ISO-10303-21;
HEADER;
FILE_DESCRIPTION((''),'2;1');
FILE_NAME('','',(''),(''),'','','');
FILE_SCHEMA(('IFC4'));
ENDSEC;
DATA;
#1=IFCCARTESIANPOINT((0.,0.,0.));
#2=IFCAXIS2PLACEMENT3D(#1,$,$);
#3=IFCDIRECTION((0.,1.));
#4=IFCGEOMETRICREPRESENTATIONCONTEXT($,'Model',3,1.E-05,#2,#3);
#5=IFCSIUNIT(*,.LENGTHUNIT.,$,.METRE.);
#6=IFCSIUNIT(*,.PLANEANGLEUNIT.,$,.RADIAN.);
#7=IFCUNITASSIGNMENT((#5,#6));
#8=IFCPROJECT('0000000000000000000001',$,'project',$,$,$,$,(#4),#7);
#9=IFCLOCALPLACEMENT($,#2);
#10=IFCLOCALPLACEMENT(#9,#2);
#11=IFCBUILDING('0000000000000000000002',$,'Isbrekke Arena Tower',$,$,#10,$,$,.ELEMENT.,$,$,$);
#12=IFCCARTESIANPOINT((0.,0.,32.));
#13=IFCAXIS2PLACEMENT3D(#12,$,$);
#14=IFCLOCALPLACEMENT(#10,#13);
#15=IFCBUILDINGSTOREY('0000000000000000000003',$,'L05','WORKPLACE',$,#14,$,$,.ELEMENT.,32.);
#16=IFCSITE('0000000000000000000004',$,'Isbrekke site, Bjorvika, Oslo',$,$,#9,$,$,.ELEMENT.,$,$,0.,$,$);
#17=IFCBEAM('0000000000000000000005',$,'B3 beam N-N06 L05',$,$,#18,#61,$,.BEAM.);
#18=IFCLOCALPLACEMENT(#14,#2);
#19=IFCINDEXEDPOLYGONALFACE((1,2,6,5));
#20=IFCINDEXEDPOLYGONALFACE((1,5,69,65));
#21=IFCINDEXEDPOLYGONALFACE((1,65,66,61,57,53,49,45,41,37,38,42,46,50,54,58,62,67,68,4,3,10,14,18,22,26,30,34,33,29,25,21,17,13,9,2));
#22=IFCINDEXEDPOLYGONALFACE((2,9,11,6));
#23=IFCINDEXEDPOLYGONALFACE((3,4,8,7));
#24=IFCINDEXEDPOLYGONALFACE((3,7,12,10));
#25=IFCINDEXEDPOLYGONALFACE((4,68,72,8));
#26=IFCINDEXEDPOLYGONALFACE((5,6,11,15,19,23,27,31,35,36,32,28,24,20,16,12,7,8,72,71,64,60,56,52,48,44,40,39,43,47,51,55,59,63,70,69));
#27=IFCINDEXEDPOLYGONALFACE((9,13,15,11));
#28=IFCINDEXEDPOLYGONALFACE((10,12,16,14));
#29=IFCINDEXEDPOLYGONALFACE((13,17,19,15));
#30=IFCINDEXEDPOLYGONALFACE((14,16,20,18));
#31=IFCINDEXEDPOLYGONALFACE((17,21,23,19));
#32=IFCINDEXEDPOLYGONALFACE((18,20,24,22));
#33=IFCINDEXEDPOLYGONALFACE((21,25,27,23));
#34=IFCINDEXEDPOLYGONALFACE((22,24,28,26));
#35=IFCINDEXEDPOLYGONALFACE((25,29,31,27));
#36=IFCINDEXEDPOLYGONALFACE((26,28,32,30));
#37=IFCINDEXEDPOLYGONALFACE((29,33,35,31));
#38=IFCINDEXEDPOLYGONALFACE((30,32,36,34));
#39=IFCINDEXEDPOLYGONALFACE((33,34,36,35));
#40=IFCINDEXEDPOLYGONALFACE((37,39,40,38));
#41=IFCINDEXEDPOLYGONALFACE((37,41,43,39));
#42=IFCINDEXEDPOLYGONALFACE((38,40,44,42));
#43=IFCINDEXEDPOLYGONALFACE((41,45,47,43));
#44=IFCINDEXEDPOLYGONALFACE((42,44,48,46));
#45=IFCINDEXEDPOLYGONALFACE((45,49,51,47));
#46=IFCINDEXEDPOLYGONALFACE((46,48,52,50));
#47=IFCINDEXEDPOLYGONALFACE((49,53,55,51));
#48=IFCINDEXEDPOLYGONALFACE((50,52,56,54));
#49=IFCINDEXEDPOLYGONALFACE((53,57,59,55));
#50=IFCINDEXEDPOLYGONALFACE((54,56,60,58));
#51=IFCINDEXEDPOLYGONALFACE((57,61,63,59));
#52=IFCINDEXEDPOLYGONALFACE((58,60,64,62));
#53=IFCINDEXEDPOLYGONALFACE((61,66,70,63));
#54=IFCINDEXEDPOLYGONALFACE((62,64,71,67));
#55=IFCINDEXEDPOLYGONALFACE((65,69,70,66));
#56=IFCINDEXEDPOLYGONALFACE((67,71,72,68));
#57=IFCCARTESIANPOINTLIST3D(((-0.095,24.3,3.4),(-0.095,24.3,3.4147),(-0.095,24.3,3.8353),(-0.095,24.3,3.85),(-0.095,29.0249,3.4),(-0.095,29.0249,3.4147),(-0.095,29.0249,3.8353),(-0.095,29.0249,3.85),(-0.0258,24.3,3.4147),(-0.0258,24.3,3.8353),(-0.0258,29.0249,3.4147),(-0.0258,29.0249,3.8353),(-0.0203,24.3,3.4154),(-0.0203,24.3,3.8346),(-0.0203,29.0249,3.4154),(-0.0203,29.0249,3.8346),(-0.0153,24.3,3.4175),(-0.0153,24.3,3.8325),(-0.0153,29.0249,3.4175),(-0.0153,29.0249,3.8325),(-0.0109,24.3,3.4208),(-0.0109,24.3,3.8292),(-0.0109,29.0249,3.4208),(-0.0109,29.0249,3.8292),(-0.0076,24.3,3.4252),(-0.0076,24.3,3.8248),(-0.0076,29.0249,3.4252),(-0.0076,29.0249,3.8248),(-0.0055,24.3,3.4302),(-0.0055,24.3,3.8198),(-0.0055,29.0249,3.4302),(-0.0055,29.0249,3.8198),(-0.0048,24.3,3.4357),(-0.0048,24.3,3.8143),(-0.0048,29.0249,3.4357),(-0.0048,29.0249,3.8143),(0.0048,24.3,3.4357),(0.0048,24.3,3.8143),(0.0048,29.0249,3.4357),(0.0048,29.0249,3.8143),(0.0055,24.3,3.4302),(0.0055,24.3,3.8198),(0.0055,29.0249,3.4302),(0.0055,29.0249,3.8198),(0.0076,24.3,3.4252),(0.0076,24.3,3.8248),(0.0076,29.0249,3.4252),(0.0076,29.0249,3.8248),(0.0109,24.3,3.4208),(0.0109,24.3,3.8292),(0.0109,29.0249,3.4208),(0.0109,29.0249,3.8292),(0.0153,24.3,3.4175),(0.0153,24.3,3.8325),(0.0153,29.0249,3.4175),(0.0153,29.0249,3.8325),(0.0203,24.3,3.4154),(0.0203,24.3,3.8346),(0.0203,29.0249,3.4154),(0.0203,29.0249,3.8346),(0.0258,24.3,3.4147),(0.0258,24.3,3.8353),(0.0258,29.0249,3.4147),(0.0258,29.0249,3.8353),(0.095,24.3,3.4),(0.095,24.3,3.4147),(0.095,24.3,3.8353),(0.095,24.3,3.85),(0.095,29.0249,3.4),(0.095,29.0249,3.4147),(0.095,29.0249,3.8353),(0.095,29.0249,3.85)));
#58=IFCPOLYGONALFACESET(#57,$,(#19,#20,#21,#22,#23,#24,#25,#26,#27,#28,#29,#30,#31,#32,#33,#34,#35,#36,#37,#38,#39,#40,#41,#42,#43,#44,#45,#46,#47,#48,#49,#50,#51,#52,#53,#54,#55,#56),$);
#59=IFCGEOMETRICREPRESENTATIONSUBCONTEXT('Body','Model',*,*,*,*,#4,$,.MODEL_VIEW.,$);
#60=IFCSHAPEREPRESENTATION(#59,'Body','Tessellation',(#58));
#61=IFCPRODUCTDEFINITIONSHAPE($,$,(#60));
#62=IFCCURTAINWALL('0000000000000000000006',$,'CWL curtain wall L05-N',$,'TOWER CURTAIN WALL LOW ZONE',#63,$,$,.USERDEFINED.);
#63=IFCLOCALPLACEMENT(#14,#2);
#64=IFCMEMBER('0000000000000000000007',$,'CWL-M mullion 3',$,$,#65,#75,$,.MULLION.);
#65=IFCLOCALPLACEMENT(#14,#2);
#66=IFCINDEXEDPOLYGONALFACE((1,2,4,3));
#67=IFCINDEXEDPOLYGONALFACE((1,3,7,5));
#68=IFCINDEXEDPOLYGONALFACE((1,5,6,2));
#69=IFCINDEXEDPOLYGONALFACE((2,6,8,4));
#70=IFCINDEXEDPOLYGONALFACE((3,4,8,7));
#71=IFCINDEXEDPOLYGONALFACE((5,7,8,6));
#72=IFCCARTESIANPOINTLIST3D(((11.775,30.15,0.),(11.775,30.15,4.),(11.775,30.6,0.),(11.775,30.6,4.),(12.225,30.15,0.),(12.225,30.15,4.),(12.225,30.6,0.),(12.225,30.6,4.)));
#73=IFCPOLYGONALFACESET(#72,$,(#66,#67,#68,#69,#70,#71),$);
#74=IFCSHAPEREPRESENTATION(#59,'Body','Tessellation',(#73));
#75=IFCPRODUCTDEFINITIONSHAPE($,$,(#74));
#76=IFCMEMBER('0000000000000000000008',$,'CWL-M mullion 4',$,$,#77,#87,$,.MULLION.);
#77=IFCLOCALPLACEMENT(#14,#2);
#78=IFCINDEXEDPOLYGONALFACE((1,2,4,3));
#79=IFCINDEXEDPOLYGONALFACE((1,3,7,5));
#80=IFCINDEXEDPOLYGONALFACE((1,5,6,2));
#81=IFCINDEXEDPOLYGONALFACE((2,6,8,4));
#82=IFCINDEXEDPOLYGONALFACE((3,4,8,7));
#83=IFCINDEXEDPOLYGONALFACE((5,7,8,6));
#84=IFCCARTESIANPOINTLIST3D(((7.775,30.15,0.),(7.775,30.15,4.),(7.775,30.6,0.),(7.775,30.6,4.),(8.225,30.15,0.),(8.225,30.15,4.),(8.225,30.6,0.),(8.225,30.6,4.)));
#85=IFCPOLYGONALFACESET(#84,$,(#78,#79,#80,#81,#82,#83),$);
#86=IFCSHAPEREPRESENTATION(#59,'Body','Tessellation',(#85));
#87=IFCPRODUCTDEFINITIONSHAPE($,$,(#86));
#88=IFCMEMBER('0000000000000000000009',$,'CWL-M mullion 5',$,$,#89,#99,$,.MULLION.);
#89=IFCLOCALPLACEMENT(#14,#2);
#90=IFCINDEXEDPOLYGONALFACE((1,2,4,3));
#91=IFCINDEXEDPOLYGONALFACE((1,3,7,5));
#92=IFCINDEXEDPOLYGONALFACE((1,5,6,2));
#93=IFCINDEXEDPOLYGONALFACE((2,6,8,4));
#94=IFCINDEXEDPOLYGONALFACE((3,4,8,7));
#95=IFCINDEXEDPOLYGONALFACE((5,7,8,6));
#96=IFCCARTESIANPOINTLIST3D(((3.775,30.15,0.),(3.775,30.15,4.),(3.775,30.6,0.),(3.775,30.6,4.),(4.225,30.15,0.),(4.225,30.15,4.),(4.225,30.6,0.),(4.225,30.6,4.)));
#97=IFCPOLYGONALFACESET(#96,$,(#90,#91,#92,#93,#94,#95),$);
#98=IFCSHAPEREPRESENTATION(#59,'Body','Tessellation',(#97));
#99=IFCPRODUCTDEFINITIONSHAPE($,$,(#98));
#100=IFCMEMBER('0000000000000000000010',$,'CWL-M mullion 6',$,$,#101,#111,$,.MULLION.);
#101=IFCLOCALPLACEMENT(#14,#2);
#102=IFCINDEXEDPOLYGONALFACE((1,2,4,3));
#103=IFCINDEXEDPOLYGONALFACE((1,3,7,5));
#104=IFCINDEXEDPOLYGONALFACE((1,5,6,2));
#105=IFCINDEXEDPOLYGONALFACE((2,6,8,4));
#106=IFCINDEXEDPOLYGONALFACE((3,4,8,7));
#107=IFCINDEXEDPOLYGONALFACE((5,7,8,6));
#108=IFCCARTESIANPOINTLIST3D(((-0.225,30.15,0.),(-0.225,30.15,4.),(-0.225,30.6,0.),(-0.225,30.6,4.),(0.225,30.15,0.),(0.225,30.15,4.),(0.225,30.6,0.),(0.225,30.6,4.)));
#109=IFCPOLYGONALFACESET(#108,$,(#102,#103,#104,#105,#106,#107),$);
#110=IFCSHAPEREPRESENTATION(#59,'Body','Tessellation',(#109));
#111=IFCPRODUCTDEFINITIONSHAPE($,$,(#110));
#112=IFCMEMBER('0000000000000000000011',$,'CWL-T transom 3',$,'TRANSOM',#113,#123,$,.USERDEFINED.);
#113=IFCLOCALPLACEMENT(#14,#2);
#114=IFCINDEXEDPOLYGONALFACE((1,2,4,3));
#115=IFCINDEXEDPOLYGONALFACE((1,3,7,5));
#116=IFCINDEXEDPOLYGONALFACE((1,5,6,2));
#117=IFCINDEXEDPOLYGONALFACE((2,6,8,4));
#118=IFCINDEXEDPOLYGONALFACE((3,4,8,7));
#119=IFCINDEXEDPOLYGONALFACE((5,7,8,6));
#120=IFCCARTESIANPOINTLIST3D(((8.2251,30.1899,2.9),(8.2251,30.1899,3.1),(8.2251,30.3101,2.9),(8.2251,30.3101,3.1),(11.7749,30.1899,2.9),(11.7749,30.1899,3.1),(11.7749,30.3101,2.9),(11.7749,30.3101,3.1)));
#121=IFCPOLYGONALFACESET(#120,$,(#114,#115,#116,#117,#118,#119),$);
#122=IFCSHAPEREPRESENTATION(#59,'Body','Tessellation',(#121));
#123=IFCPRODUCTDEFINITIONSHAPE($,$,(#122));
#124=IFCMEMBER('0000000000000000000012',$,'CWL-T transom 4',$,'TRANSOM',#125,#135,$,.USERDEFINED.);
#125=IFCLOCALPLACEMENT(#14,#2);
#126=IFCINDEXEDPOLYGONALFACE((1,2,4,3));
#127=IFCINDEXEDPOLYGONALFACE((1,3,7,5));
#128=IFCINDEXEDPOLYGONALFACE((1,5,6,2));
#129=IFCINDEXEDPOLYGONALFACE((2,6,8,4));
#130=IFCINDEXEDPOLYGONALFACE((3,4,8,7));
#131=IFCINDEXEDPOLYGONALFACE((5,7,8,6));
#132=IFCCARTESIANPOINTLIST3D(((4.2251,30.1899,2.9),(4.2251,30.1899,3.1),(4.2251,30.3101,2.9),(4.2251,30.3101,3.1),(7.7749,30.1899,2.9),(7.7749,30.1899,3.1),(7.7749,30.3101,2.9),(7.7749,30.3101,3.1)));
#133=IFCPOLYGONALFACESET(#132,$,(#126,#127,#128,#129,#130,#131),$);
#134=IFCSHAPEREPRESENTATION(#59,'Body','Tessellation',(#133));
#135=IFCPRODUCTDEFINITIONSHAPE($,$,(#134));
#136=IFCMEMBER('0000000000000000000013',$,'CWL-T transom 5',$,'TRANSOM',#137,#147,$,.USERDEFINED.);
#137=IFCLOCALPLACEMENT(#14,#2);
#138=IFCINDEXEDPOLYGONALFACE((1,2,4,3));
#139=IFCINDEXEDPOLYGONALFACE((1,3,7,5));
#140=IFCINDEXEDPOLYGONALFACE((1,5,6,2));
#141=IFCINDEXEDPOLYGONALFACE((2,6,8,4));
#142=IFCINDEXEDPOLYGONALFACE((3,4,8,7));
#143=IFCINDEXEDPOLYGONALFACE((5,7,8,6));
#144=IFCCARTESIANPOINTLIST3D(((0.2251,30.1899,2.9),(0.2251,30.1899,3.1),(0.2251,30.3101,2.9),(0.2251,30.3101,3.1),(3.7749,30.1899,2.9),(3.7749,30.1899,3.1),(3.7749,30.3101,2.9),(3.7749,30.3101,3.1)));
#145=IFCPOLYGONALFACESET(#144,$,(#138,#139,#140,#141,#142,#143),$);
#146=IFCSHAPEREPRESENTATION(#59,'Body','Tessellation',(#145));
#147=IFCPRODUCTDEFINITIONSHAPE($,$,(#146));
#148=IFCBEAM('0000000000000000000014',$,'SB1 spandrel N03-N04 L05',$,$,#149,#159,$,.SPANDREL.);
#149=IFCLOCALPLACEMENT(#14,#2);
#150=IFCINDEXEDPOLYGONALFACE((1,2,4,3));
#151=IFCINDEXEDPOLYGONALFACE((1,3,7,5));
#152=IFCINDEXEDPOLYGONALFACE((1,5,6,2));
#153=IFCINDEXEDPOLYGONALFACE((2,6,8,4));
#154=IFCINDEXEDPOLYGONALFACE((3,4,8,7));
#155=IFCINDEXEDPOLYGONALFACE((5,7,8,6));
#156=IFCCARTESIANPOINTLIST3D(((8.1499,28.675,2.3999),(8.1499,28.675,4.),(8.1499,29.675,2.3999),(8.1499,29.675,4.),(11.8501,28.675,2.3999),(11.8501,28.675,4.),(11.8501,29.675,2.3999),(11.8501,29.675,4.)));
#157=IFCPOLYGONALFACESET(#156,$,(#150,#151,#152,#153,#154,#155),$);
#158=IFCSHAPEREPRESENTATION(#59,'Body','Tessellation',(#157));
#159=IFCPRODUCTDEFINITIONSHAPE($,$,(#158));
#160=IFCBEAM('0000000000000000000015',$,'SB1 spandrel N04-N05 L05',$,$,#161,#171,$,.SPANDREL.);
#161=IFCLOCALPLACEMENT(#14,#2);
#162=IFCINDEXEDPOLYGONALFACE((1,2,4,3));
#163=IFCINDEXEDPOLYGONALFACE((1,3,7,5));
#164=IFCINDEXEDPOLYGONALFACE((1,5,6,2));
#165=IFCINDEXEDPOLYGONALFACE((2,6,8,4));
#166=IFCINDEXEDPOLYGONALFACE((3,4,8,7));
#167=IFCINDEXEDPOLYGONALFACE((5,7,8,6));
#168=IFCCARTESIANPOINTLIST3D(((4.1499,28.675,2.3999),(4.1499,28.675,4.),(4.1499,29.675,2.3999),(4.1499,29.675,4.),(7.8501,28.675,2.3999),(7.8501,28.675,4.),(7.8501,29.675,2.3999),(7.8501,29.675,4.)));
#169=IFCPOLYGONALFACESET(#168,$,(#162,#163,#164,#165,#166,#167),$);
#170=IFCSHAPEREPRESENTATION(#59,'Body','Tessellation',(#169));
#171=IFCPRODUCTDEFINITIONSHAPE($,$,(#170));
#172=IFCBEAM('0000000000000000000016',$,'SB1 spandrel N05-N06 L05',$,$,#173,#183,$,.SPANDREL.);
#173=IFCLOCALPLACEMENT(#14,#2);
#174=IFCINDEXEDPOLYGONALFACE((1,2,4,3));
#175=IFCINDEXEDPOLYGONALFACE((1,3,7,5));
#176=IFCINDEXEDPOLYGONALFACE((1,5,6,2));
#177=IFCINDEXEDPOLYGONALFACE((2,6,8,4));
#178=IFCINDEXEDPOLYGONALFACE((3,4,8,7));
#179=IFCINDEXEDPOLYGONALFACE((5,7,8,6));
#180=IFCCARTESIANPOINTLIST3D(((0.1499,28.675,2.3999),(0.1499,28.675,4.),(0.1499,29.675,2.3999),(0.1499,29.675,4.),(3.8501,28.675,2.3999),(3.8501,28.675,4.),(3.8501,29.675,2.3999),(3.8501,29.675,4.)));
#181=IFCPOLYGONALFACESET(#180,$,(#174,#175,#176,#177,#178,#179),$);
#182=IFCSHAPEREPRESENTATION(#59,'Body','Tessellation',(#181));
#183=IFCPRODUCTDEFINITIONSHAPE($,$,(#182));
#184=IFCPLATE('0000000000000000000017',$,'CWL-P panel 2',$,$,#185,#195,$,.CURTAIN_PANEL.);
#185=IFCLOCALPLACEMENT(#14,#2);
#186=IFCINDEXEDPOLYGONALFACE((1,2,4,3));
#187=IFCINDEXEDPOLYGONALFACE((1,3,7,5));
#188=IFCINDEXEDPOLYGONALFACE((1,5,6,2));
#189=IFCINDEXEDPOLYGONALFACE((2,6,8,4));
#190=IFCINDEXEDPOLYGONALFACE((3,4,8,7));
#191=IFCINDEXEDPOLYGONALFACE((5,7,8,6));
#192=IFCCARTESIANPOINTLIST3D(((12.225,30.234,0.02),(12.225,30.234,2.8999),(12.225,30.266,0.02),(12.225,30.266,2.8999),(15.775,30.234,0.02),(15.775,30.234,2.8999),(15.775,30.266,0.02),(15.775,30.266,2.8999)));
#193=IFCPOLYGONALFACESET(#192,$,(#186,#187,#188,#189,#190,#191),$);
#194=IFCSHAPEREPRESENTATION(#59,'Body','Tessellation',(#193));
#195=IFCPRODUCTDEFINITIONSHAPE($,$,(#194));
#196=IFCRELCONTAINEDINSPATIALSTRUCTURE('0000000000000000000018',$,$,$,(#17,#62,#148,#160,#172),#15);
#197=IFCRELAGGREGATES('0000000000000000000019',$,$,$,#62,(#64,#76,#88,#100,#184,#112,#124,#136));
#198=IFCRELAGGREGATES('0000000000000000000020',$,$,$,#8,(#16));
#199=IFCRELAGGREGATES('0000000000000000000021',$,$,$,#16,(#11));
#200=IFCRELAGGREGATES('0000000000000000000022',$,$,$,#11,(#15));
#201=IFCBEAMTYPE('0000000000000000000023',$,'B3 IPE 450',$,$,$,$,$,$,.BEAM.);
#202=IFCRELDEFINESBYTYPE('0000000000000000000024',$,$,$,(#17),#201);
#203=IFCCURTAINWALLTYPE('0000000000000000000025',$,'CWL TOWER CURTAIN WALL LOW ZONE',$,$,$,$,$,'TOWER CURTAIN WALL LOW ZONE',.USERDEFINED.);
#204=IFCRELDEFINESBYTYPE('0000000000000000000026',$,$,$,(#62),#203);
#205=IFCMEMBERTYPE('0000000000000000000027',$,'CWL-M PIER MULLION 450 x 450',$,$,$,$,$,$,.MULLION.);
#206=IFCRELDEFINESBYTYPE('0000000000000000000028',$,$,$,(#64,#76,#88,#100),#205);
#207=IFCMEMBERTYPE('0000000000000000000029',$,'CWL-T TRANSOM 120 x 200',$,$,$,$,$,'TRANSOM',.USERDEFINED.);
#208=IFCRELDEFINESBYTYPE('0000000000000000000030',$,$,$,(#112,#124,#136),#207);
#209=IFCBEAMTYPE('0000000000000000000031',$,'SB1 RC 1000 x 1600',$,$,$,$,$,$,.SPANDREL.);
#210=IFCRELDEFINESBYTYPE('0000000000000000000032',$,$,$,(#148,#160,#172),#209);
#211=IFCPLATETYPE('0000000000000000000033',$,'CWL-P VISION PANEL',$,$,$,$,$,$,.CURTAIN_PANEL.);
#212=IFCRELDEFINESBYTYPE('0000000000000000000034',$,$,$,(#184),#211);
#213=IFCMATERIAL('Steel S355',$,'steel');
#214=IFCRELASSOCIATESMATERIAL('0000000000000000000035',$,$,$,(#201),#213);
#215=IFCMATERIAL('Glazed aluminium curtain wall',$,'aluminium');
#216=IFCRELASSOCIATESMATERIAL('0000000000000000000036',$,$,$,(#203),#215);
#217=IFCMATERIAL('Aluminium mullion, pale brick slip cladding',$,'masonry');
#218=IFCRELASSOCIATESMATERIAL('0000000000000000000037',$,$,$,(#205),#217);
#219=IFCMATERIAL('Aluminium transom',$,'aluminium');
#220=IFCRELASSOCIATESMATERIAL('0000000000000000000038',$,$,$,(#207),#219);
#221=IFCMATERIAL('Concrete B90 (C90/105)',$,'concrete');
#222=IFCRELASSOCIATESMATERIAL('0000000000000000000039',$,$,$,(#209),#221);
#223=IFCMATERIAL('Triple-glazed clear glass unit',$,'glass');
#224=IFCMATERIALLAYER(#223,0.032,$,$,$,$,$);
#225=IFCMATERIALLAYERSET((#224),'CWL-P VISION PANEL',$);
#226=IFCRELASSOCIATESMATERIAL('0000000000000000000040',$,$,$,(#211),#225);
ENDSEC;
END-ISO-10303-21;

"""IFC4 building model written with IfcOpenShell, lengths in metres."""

from ifc_helpers import new_model, si_unit, direction, frame, origin, origin_2d, place, context, subcontext, project, spatial, rectangle, i_section, extrude, material, layer, layer_set, material_profile, profile_set, type_object, element, aggregate, save


model = new_model("IFC4")

# Units and contexts
model_context = context("Model", 3, precision=1e-05, world=origin(), true_north=direction((0.0, 1.0)))
body_context = subcontext(model_context, "Body", "Model", "MODEL_VIEW")
ifc_project = project(units=[si_unit("LENGTHUNIT", "METRE"), si_unit("PLANEANGLEUNIT", "RADIAN")], contexts=[model_context])

# Site, building, storey
site_placement = place(None, origin())
site = spatial("IfcSite", under=ifc_project, at=site_placement, Name="Isbrekke site, Bjorvika, Oslo", CompositionType="ELEMENT", RefElevation=0.0)
building_placement = place(site_placement, origin())
building = spatial("IfcBuilding", under=site, at=building_placement, Name="Isbrekke Arena Tower", CompositionType="ELEMENT")
storey_placement = place(building_placement, frame((0.0, 0.0, 32.0)))
storey = spatial("IfcBuildingStorey", under=building, at=storey_placement, Name="L05", Description="WORKPLACE", CompositionType="ELEMENT", Elevation=32.0)

# Beam
ifc_material_1 = material(Name="Steel S355", Category="steel")
ifc_material_profile_1 = material_profile(ifc_material_1, i_section(OverallWidth=0.1899, OverallDepth=0.45, WebThickness=0.0095, FlangeThickness=0.0146, FilletRadius=0.021, at=origin_2d()), Name="IPE 450")
ifc_profile_set_1 = profile_set([ifc_material_profile_1], Name="Steel S355")
beam_type_1 = type_object("IfcBeamType", Name="B3 IPE 450", PredefinedType="BEAM", material=ifc_profile_set_1)
beam_1_placement = place(storey_placement, frame((0.0, 29.0249, 3.625), z_axis=(0.0, -1.0, 0.0), x_axis=(1.0, 0.0, 0.0)))
element("IfcBeam", 1, at=beam_1_placement, inside=storey, type_object=beam_type_1, Name="B3 beam N-N06 L05", PredefinedType="BEAM", context=body_context, shape_type="SweptSolid", body=[
    extrude(i_section(OverallWidth=0.1899, OverallDepth=0.45, WebThickness=0.0095, FlangeThickness=0.0146, FilletRadius=0.021, at=origin_2d()), origin(), (0.0, 0.0, 1.0), 4.7249),
])

# Curtain wall, members
ifc_material_2 = material(Name="Glazed aluminium curtain wall", Category="aluminium")
curtain_wall_type = type_object("IfcCurtainWallType", Name="CWL TOWER CURTAIN WALL LOW ZONE", ElementType="TOWER CURTAIN WALL LOW ZONE", PredefinedType="USERDEFINED", material=ifc_material_2)
curtain_wall_placement = place(storey_placement, origin())
curtain_wall = element("IfcCurtainWall", 2, at=curtain_wall_placement, inside=storey, type_object=curtain_wall_type, Name="CWL curtain wall L05-N", ObjectType="TOWER CURTAIN WALL LOW ZONE", PredefinedType="USERDEFINED")
ifc_material_3 = material(Name="Aluminium mullion, pale brick slip cladding", Category="masonry")
ifc_material_profile_2 = material_profile(ifc_material_3, rectangle(XDim=0.45, YDim=0.45, at=origin_2d()), Name="PIER 450X450")
ifc_profile_set_2 = profile_set([ifc_material_profile_2], Name="Aluminium mullion, pale brick slip cladding")
member_type_1 = type_object("IfcMemberType", Name="CWL-M PIER MULLION 450 x 450", PredefinedType="MULLION", material=ifc_profile_set_2)
member_1_placement = place(storey_placement, frame((12.0, 30.375, 0.0), z_axis=(0.0, 0.0, 1.0), x_axis=(-1.0, 0.0, 0.0)))
member_1 = element("IfcMember", 3, at=member_1_placement, type_object=member_type_1, Name="CWL-M mullion 3", PredefinedType="MULLION", context=body_context, shape_type="SweptSolid", body=[
    extrude(rectangle(XDim=0.45, YDim=0.45, at=origin_2d()), origin(), (0.0, 0.0, 1.0), 4.0),
])
member_2_placement = place(storey_placement, frame((8.0, 30.375, 0.0), z_axis=(0.0, 0.0, 1.0), x_axis=(-1.0, 0.0, 0.0)))
member_2 = element("IfcMember", 4, at=member_2_placement, type_object=member_type_1, Name="CWL-M mullion 4", PredefinedType="MULLION", context=body_context, shape_type="SweptSolid", body=[
    extrude(rectangle(XDim=0.45, YDim=0.45, at=origin_2d()), origin(), (0.0, 0.0, 1.0), 4.0),
])
member_3_placement = place(storey_placement, frame((4.0, 30.375, 0.0), z_axis=(0.0, 0.0, 1.0), x_axis=(-1.0, 0.0, 0.0)))
member_3 = element("IfcMember", 5, at=member_3_placement, type_object=member_type_1, Name="CWL-M mullion 5", PredefinedType="MULLION", context=body_context, shape_type="SweptSolid", body=[
    extrude(rectangle(XDim=0.45, YDim=0.45, at=origin_2d()), origin(), (0.0, 0.0, 1.0), 4.0),
])
member_4_placement = place(storey_placement, frame((0.0, 30.375, 0.0), z_axis=(0.0, 0.0, 1.0), x_axis=(-1.0, 0.0, 0.0)))
member_4 = element("IfcMember", 6, at=member_4_placement, type_object=member_type_1, Name="CWL-M mullion 6", PredefinedType="MULLION", context=body_context, shape_type="SweptSolid", body=[
    extrude(rectangle(XDim=0.45, YDim=0.45, at=origin_2d()), origin(), (0.0, 0.0, 1.0), 4.0),
])
ifc_material_4 = material(Name="Aluminium transom", Category="aluminium")
ifc_material_profile_3 = material_profile(ifc_material_4, rectangle(XDim=0.1201, YDim=0.2, at=origin_2d()), Name="TRANSOM 120X200")
ifc_profile_set_3 = profile_set([ifc_material_profile_3], Name="Aluminium transom")
member_type_2 = type_object("IfcMemberType", Name="CWL-T TRANSOM 120 x 200", ElementType="TRANSOM", PredefinedType="USERDEFINED", material=ifc_profile_set_3)
member_5_placement = place(storey_placement, frame((11.7749, 30.25, 3.0), z_axis=(-1.0, 0.0, 0.0), x_axis=(0.0, -1.0, 0.0)))
member_5 = element("IfcMember", 7, at=member_5_placement, type_object=member_type_2, Name="CWL-T transom 3", ObjectType="TRANSOM", PredefinedType="USERDEFINED", context=body_context, shape_type="SweptSolid", body=[
    extrude(rectangle(XDim=0.1201, YDim=0.2, at=origin_2d()), origin(), (0.0, 0.0, 1.0), 3.5498),
])
member_6_placement = place(storey_placement, frame((7.7749, 30.25, 3.0), z_axis=(-1.0, 0.0, 0.0), x_axis=(0.0, -1.0, 0.0)))
member_6 = element("IfcMember", 8, at=member_6_placement, type_object=member_type_2, Name="CWL-T transom 4", ObjectType="TRANSOM", PredefinedType="USERDEFINED", context=body_context, shape_type="SweptSolid", body=[
    extrude(rectangle(XDim=0.1201, YDim=0.2, at=origin_2d()), origin(), (0.0, 0.0, 1.0), 3.5498),
])
member_7_placement = place(storey_placement, frame((3.7749, 30.25, 3.0), z_axis=(-1.0, 0.0, 0.0), x_axis=(0.0, -1.0, 0.0)))
member_7 = element("IfcMember", 9, at=member_7_placement, type_object=member_type_2, Name="CWL-T transom 5", ObjectType="TRANSOM", PredefinedType="USERDEFINED", context=body_context, shape_type="SweptSolid", body=[
    extrude(rectangle(XDim=0.1201, YDim=0.2, at=origin_2d()), origin(), (0.0, 0.0, 1.0), 3.5498),
])

# Beams
ifc_material_5 = material(Name="Concrete B90 (C90/105)", Category="concrete")
ifc_material_profile_4 = material_profile(ifc_material_5, rectangle(XDim=1.0, YDim=1.6001, at=origin_2d()), Name="RC 1000x1600")
ifc_profile_set_4 = profile_set([ifc_material_profile_4], Name="Concrete B90 (C90/105)")
beam_type_2 = type_object("IfcBeamType", Name="SB1 RC 1000 x 1600", PredefinedType="SPANDREL", material=ifc_profile_set_4)
for number, where, z_axis, x_axis, name in (
    (10, (11.8501, 29.175, 3.2), (-1.0, 0.0, 0.0), (0.0, -1.0, 0.0), "SB1 spandrel N03-N04 L05"),
    (11, (7.8501, 29.175, 3.2), (-1.0, 0.0, 0.0), (0.0, -1.0, 0.0), "SB1 spandrel N04-N05 L05"),
    (12, (3.8501, 29.175, 3.2), (-1.0, 0.0, 0.0), (0.0, -1.0, 0.0), "SB1 spandrel N05-N06 L05"),
):
    element("IfcBeam", number, at=place(storey_placement, frame(where, z_axis=z_axis, x_axis=x_axis)), inside=storey, type_object=beam_type_2, Name=name, PredefinedType="SPANDREL", context=body_context, shape_type="SweptSolid", body=[
        extrude(rectangle(XDim=1.0, YDim=1.6001, at=origin_2d()), origin(), (0.0, 0.0, 1.0), 3.7002),
    ])

# Plate
ifc_material_6 = material(Name="Triple-glazed clear glass unit", Category="glass")
ifc_layer_1 = layer(ifc_material_6, 0.032)
ifc_layer_set_1 = layer_set([ifc_layer_1], Name="CWL-P VISION PANEL")
plate_type = type_object("IfcPlateType", Name="CWL-P VISION PANEL", PredefinedType="CURTAIN_PANEL", material=ifc_layer_set_1)
plate_1_placement = place(storey_placement, frame((14.0, 30.25, 0.02), z_axis=(0.0, 0.0, 1.0), x_axis=(-1.0, 0.0, 0.0)))
plate_1 = element("IfcPlate", 13, at=plate_1_placement, type_object=plate_type, Name="CWL-P panel 2", PredefinedType="CURTAIN_PANEL", context=body_context, shape_type="SweptSolid", body=[
    extrude(rectangle(XDim=3.55, YDim=0.032, at=origin_2d()), origin(), (0.0, 0.0, 1.0), 2.8799),
])
aggregate(curtain_wall, [member_1, member_2, member_3, member_4, plate_1, member_5, member_6, member_7])

save(model, "model.ifc")
